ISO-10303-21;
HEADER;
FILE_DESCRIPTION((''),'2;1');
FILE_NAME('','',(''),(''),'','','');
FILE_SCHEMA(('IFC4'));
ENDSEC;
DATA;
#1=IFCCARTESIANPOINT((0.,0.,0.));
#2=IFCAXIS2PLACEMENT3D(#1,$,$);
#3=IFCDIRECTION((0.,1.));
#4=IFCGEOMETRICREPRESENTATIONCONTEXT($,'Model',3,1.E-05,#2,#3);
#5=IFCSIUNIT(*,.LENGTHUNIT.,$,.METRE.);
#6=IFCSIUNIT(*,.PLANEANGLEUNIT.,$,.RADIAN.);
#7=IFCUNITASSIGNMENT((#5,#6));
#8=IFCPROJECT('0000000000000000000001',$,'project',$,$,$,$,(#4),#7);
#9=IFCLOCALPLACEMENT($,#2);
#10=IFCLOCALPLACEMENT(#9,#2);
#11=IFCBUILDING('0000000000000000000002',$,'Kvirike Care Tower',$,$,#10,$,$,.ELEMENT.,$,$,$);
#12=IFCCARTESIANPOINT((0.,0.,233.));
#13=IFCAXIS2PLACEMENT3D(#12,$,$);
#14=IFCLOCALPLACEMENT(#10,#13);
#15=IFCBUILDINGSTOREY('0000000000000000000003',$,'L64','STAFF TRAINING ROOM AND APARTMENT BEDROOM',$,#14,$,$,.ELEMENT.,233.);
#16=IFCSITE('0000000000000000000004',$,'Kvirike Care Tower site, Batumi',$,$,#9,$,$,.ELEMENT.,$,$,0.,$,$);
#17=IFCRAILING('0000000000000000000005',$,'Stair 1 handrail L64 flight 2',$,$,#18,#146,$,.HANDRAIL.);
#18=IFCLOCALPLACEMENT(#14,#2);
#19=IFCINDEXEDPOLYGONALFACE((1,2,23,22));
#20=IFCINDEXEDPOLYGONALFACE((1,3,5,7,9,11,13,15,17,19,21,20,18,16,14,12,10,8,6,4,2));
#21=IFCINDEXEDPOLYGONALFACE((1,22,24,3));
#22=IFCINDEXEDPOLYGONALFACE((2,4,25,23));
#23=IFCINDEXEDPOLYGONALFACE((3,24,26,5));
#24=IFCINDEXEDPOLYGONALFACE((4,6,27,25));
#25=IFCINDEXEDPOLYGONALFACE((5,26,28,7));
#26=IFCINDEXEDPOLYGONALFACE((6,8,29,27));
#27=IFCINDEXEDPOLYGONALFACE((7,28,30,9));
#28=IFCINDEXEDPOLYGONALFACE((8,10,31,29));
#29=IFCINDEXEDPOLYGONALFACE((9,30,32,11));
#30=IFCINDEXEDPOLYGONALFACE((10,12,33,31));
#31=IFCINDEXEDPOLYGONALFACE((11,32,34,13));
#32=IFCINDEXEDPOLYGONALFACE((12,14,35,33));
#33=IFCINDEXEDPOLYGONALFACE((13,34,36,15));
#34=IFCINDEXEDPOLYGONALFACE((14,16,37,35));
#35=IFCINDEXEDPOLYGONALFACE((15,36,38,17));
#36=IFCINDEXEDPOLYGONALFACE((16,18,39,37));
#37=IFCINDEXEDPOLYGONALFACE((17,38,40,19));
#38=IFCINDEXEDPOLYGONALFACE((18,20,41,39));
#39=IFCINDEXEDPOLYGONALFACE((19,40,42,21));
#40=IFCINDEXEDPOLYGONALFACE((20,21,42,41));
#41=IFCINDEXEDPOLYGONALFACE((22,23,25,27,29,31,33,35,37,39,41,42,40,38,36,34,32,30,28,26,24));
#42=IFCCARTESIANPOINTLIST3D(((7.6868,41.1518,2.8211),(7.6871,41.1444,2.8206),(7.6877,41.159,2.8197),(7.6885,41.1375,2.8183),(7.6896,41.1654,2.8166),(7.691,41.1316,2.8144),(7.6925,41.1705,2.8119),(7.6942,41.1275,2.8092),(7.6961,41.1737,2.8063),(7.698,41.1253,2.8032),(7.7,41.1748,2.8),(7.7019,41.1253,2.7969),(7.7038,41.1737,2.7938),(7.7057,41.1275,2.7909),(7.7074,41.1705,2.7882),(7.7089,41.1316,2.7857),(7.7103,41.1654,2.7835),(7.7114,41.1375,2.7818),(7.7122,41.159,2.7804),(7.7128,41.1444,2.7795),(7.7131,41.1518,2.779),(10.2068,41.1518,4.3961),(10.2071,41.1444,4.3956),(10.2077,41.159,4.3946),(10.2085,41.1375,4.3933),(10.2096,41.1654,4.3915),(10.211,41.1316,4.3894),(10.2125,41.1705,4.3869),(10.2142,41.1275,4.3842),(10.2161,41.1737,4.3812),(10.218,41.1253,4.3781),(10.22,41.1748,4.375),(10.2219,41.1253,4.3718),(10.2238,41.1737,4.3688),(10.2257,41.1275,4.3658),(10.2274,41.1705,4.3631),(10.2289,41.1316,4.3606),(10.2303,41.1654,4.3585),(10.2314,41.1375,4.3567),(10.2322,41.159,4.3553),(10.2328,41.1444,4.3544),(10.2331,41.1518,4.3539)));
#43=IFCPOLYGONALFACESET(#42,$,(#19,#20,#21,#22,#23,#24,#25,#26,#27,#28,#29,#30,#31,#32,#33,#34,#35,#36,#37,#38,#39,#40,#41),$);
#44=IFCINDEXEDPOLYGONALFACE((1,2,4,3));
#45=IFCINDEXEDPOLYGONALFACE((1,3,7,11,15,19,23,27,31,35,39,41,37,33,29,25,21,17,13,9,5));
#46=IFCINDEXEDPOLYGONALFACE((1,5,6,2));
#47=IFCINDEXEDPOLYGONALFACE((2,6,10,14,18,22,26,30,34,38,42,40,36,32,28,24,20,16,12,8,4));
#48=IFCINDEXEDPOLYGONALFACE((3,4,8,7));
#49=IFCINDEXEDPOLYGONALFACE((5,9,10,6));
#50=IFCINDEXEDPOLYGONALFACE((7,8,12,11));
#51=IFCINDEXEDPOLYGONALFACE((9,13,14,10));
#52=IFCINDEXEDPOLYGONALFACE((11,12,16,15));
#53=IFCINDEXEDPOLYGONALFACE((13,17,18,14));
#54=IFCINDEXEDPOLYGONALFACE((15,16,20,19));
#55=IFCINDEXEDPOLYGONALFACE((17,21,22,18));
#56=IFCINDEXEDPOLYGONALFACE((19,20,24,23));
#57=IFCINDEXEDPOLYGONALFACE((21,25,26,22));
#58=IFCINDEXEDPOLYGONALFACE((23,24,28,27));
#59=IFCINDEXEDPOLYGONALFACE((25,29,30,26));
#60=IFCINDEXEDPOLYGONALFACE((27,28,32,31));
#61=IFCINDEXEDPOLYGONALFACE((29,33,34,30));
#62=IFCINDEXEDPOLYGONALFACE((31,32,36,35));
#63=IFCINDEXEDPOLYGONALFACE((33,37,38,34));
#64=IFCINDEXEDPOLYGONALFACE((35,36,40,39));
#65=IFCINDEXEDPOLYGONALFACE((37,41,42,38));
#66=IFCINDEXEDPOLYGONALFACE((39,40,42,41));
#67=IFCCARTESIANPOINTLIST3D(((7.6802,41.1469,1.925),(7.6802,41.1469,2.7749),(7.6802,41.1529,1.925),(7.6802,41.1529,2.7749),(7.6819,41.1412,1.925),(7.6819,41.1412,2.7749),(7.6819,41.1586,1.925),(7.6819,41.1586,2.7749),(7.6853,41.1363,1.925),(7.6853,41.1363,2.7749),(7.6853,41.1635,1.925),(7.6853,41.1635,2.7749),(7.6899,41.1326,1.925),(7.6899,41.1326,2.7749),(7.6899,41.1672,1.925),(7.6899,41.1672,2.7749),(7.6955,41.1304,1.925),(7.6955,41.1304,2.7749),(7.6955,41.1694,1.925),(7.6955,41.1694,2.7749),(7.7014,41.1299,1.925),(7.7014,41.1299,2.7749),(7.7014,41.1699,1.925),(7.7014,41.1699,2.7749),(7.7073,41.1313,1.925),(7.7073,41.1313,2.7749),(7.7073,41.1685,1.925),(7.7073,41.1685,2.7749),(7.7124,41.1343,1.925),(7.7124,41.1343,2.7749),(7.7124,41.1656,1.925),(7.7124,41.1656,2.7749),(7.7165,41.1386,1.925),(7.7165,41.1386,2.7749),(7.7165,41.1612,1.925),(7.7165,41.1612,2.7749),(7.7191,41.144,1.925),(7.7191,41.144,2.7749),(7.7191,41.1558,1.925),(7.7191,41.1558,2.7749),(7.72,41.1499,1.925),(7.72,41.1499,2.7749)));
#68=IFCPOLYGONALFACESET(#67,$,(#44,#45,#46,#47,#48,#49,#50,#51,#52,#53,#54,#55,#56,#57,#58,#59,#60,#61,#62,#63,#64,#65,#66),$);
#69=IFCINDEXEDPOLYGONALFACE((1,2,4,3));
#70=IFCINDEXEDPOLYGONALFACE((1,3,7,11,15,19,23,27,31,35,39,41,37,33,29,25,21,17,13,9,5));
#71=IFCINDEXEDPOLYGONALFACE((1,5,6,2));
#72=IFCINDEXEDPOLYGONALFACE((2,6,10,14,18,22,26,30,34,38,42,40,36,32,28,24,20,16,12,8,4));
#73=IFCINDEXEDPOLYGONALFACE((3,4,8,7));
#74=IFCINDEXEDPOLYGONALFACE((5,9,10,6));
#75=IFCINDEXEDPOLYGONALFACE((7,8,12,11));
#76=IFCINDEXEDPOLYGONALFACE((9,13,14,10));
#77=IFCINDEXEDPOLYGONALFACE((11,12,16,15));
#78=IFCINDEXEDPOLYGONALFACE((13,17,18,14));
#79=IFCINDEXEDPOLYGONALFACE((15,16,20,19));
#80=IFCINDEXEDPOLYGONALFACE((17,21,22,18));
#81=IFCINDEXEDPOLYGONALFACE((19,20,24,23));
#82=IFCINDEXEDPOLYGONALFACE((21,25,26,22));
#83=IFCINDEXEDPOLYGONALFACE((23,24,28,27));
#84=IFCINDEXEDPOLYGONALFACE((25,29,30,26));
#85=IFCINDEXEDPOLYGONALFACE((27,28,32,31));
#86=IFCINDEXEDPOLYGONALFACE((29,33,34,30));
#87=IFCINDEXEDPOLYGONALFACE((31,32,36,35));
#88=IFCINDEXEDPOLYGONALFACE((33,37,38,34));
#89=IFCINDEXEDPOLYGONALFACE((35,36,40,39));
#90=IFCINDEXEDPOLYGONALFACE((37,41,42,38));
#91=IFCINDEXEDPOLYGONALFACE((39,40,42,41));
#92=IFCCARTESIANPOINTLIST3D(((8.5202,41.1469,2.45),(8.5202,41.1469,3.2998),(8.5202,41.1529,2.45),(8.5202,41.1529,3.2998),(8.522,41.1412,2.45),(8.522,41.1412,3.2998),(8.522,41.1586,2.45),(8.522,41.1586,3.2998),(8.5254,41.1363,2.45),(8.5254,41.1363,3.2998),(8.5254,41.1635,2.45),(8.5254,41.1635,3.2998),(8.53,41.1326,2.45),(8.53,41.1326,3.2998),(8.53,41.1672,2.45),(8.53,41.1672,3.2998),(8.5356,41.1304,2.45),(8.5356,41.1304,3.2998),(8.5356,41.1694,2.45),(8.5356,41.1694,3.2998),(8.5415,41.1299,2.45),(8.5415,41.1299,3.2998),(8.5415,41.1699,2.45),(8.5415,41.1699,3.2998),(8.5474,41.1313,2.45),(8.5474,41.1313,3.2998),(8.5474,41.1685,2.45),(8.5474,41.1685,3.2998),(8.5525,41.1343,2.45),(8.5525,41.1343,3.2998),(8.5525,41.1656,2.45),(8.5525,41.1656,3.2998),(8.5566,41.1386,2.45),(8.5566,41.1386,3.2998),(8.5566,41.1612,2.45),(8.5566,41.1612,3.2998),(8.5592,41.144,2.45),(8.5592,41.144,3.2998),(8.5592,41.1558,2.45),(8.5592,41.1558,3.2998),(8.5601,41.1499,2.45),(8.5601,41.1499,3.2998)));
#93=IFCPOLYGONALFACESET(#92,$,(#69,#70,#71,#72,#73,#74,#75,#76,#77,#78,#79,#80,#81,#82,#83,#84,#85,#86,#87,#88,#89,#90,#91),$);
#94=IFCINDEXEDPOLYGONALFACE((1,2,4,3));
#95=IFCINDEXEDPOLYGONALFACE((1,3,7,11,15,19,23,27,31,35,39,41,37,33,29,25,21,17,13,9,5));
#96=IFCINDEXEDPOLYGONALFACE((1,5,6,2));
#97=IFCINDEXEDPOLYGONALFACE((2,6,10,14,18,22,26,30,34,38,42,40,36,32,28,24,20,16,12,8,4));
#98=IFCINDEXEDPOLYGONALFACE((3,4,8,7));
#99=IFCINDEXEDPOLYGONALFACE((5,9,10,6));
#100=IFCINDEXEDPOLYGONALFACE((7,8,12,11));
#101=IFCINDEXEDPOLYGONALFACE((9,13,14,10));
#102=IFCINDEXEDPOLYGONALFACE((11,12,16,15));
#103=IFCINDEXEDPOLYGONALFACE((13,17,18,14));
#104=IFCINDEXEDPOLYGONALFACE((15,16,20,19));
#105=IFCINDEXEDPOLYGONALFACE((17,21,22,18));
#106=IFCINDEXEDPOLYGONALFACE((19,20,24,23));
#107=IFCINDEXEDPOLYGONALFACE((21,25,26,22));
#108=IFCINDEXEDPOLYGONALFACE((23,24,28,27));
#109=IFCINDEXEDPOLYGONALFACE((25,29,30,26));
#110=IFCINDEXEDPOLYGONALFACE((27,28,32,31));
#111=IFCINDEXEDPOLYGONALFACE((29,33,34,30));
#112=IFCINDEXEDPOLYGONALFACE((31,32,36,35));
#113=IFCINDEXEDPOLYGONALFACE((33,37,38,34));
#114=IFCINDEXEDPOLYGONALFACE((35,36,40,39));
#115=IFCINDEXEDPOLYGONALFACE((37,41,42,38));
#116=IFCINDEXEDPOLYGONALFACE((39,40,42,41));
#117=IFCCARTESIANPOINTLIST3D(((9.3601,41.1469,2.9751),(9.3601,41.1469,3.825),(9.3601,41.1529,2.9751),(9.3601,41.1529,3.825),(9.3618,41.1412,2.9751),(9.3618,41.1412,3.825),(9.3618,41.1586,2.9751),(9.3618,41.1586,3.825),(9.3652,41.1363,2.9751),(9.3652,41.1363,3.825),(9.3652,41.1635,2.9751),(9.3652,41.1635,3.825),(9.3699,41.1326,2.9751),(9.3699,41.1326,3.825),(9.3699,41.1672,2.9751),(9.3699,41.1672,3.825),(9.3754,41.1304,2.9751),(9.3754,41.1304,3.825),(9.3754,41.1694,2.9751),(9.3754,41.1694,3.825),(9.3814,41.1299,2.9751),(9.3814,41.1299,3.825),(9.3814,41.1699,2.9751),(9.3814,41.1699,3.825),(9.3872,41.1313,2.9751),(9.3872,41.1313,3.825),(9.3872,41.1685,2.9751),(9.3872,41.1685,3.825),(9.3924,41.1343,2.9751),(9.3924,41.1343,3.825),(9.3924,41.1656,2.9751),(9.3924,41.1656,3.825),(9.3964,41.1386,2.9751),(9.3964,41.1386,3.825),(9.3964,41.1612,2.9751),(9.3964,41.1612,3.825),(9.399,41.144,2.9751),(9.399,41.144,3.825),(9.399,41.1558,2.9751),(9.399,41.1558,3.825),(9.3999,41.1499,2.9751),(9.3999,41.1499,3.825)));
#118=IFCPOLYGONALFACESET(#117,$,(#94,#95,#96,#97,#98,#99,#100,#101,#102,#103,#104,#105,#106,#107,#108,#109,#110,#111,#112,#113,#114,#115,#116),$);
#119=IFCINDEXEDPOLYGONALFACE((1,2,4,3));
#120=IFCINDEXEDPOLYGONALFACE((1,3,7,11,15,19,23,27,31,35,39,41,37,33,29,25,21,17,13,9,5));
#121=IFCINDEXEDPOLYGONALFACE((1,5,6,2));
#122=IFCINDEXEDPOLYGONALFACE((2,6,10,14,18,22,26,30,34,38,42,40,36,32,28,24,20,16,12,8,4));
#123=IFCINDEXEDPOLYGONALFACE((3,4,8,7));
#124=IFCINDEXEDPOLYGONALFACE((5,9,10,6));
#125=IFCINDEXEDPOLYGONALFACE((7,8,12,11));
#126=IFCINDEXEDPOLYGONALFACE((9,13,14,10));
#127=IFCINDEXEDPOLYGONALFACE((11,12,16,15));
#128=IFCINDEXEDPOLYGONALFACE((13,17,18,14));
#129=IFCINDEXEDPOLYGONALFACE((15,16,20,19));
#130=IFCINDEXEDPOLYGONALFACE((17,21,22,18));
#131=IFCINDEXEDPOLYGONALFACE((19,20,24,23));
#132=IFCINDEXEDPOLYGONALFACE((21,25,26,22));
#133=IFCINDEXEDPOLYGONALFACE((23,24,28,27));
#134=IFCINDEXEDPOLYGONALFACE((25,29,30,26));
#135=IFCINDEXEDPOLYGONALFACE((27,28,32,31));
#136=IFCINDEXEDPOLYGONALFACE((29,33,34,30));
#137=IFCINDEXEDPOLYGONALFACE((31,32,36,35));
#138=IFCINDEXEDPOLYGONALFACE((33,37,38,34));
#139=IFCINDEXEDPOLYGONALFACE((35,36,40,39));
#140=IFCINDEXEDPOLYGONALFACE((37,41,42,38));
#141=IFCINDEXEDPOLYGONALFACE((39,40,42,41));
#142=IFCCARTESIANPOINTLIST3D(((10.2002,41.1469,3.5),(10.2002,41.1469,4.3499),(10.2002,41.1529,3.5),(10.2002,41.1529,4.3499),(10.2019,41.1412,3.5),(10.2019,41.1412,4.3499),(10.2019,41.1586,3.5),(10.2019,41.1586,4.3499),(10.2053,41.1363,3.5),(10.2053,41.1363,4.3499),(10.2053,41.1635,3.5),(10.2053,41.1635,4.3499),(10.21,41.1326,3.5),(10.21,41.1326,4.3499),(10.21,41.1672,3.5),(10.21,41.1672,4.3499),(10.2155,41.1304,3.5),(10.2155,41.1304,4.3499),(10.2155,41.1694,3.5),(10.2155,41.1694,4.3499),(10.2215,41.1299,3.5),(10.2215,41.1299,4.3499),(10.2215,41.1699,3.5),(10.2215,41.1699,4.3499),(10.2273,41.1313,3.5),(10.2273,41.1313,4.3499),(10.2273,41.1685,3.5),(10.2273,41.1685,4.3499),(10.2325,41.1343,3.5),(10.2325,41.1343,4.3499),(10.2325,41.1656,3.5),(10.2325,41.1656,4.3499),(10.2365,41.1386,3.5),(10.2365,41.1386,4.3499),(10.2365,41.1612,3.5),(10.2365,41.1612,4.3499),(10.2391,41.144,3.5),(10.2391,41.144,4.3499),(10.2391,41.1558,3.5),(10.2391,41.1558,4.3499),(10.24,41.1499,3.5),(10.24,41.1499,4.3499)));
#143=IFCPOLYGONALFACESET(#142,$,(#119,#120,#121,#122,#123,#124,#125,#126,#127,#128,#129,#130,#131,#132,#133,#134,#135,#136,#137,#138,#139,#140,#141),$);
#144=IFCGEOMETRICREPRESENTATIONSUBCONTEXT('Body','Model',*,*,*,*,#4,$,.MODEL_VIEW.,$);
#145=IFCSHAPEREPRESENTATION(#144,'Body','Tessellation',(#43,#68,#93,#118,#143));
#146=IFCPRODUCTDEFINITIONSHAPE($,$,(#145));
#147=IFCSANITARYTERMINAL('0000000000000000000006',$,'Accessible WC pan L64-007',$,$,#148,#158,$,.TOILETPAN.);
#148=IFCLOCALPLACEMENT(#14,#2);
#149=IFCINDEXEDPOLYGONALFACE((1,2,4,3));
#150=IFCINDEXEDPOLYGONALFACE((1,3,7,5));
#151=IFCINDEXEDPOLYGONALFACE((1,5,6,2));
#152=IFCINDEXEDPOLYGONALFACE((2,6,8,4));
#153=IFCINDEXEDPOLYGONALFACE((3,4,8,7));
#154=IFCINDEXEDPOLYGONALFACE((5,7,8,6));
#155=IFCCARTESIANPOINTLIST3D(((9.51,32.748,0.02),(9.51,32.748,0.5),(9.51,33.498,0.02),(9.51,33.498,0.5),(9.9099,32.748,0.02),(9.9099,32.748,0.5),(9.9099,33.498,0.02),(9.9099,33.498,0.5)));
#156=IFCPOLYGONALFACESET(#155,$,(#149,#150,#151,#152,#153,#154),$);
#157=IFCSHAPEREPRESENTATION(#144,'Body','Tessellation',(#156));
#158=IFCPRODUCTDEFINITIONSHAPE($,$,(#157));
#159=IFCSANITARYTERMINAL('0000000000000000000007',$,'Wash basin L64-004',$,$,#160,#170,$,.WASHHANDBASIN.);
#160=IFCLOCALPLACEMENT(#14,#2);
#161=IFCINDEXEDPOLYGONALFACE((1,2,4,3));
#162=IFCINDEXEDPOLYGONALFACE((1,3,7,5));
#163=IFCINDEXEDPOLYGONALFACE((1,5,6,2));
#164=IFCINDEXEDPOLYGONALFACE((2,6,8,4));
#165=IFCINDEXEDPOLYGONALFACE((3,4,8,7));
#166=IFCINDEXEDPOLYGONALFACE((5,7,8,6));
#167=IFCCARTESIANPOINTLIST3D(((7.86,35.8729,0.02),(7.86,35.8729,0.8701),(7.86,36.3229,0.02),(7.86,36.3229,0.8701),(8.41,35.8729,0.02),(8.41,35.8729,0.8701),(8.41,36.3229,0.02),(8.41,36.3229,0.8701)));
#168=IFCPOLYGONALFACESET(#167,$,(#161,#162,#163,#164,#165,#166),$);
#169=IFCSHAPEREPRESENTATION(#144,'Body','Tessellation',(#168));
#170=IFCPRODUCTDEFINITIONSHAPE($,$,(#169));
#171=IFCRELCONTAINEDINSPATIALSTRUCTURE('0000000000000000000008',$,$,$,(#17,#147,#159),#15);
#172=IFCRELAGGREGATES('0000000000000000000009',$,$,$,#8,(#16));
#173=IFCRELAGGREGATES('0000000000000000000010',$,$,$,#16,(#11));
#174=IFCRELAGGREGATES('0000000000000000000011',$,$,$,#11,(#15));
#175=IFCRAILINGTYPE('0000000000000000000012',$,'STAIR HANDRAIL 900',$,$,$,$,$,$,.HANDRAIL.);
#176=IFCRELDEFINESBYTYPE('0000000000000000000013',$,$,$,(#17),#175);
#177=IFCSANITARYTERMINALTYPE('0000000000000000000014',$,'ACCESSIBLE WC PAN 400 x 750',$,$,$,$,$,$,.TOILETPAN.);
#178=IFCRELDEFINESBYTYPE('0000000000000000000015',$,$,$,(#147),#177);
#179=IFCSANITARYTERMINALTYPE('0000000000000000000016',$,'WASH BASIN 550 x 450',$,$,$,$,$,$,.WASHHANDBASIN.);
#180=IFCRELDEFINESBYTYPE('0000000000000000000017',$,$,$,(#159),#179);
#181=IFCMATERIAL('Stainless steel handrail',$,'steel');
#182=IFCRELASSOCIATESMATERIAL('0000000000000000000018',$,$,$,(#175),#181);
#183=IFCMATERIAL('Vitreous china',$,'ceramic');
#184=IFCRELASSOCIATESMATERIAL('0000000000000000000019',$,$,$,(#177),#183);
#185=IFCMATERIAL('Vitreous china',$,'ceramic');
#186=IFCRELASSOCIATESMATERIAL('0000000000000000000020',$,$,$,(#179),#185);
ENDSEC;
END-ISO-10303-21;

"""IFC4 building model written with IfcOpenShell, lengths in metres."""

from ifc_helpers import new_model, si_unit, direction, frame, origin, origin_2d, place, context, subcontext, project, spatial, rectangle, circle, extrude, material, type_object, element, save


model = new_model("IFC4")

# Units and contexts
model_context = context("Model", 3, precision=1e-05, world=origin(), true_north=direction((0.0, 1.0)))
body_context = subcontext(model_context, "Body", "Model", "MODEL_VIEW")
ifc_project = project(units=[si_unit("LENGTHUNIT", "METRE"), si_unit("PLANEANGLEUNIT", "RADIAN")], contexts=[model_context])

# Site, building, storey
site_placement = place(None, origin())
site = spatial("IfcSite", under=ifc_project, at=site_placement, Name="Kvirike Care Tower site, Batumi", CompositionType="ELEMENT", RefElevation=0.0)
building_placement = place(site_placement, origin())
building = spatial("IfcBuilding", under=site, at=building_placement, Name="Kvirike Care Tower", CompositionType="ELEMENT")
storey_placement = place(building_placement, frame((0.0, 0.0, 233.0)))
storey = spatial("IfcBuildingStorey", under=building, at=storey_placement, Name="L64", Description="STAFF TRAINING ROOM AND APARTMENT BEDROOM", CompositionType="ELEMENT", Elevation=233.0)

# Railing
ifc_material_1 = material(Name="Stainless steel handrail", Category="steel")
railing_type = type_object("IfcRailingType", Name="STAIR HANDRAIL 900", PredefinedType="HANDRAIL", material=ifc_material_1)
railing_1_placement = place(storey_placement, frame((7.7, 41.1499, 1.925)))
element("IfcRailing", 1, at=railing_1_placement, inside=storey, type_object=railing_type, Name="Stair 1 handrail L64 flight 2", PredefinedType="HANDRAIL", context=body_context, shape_type="SweptSolid", body=[
    extrude(circle(Radius=0.0249, at=origin_2d()), frame((0.0, 0.0, 0.875), z_axis=(0.848008, 0.0, 0.529984), x_axis=(0.0, 1.0, 0.0)), (0.0, 0.0, 1.0), 2.9717),
    extrude(circle(Radius=0.02, at=origin_2d()), origin(), (0.0, 0.0, 1.0), 0.8499),
    extrude(circle(Radius=0.02, at=origin_2d()), frame((0.8401, 0.0, 0.5249)), (0.0, 0.0, 1.0), 0.8499),
    extrude(circle(Radius=0.02, at=origin_2d()), frame((1.6799, 0.0, 1.05)), (0.0, 0.0, 1.0), 0.8499),
    extrude(circle(Radius=0.02, at=origin_2d()), frame((2.52, 0.0, 1.575)), (0.0, 0.0, 1.0), 0.8499),
])

# Sanitary terminals
ifc_material_2 = material(Name="Vitreous china", Category="ceramic")
sanitary_terminal_type_1 = type_object("IfcSanitaryTerminalType", Name="ACCESSIBLE WC PAN 400 x 750", PredefinedType="TOILETPAN", material=ifc_material_2)
sanitary_terminal_1_placement = place(storey_placement, frame((9.71, 33.123, 0.02), z_axis=(0.0, 0.0, 1.0), x_axis=(1.0, 0.0, 0.0)))
element("IfcSanitaryTerminal", 2, at=sanitary_terminal_1_placement, inside=storey, type_object=sanitary_terminal_type_1, Name="Accessible WC pan L64-007", PredefinedType="TOILETPAN", context=body_context, shape_type="SweptSolid", body=[
    extrude(rectangle(XDim=0.3999, YDim=0.75, at=origin_2d()), origin(), (0.0, 0.0, 1.0), 0.48),
])
ifc_material_3 = material(Name="Vitreous china", Category="ceramic")
sanitary_terminal_type_2 = type_object("IfcSanitaryTerminalType", Name="WASH BASIN 550 x 450", PredefinedType="WASHHANDBASIN", material=ifc_material_3)
sanitary_terminal_2_placement = place(storey_placement, frame((8.135, 36.0979, 0.02), z_axis=(0.0, 0.0, 1.0), x_axis=(1.0, 0.0, 0.0)))
element("IfcSanitaryTerminal", 3, at=sanitary_terminal_2_placement, inside=storey, type_object=sanitary_terminal_type_2, Name="Wash basin L64-004", PredefinedType="WASHHANDBASIN", context=body_context, shape_type="SweptSolid", body=[
    extrude(rectangle(XDim=0.55, YDim=0.45, at=origin_2d()), origin(), (0.0, 0.0, 1.0), 0.8501),
])

save(model, "model.ifc")
